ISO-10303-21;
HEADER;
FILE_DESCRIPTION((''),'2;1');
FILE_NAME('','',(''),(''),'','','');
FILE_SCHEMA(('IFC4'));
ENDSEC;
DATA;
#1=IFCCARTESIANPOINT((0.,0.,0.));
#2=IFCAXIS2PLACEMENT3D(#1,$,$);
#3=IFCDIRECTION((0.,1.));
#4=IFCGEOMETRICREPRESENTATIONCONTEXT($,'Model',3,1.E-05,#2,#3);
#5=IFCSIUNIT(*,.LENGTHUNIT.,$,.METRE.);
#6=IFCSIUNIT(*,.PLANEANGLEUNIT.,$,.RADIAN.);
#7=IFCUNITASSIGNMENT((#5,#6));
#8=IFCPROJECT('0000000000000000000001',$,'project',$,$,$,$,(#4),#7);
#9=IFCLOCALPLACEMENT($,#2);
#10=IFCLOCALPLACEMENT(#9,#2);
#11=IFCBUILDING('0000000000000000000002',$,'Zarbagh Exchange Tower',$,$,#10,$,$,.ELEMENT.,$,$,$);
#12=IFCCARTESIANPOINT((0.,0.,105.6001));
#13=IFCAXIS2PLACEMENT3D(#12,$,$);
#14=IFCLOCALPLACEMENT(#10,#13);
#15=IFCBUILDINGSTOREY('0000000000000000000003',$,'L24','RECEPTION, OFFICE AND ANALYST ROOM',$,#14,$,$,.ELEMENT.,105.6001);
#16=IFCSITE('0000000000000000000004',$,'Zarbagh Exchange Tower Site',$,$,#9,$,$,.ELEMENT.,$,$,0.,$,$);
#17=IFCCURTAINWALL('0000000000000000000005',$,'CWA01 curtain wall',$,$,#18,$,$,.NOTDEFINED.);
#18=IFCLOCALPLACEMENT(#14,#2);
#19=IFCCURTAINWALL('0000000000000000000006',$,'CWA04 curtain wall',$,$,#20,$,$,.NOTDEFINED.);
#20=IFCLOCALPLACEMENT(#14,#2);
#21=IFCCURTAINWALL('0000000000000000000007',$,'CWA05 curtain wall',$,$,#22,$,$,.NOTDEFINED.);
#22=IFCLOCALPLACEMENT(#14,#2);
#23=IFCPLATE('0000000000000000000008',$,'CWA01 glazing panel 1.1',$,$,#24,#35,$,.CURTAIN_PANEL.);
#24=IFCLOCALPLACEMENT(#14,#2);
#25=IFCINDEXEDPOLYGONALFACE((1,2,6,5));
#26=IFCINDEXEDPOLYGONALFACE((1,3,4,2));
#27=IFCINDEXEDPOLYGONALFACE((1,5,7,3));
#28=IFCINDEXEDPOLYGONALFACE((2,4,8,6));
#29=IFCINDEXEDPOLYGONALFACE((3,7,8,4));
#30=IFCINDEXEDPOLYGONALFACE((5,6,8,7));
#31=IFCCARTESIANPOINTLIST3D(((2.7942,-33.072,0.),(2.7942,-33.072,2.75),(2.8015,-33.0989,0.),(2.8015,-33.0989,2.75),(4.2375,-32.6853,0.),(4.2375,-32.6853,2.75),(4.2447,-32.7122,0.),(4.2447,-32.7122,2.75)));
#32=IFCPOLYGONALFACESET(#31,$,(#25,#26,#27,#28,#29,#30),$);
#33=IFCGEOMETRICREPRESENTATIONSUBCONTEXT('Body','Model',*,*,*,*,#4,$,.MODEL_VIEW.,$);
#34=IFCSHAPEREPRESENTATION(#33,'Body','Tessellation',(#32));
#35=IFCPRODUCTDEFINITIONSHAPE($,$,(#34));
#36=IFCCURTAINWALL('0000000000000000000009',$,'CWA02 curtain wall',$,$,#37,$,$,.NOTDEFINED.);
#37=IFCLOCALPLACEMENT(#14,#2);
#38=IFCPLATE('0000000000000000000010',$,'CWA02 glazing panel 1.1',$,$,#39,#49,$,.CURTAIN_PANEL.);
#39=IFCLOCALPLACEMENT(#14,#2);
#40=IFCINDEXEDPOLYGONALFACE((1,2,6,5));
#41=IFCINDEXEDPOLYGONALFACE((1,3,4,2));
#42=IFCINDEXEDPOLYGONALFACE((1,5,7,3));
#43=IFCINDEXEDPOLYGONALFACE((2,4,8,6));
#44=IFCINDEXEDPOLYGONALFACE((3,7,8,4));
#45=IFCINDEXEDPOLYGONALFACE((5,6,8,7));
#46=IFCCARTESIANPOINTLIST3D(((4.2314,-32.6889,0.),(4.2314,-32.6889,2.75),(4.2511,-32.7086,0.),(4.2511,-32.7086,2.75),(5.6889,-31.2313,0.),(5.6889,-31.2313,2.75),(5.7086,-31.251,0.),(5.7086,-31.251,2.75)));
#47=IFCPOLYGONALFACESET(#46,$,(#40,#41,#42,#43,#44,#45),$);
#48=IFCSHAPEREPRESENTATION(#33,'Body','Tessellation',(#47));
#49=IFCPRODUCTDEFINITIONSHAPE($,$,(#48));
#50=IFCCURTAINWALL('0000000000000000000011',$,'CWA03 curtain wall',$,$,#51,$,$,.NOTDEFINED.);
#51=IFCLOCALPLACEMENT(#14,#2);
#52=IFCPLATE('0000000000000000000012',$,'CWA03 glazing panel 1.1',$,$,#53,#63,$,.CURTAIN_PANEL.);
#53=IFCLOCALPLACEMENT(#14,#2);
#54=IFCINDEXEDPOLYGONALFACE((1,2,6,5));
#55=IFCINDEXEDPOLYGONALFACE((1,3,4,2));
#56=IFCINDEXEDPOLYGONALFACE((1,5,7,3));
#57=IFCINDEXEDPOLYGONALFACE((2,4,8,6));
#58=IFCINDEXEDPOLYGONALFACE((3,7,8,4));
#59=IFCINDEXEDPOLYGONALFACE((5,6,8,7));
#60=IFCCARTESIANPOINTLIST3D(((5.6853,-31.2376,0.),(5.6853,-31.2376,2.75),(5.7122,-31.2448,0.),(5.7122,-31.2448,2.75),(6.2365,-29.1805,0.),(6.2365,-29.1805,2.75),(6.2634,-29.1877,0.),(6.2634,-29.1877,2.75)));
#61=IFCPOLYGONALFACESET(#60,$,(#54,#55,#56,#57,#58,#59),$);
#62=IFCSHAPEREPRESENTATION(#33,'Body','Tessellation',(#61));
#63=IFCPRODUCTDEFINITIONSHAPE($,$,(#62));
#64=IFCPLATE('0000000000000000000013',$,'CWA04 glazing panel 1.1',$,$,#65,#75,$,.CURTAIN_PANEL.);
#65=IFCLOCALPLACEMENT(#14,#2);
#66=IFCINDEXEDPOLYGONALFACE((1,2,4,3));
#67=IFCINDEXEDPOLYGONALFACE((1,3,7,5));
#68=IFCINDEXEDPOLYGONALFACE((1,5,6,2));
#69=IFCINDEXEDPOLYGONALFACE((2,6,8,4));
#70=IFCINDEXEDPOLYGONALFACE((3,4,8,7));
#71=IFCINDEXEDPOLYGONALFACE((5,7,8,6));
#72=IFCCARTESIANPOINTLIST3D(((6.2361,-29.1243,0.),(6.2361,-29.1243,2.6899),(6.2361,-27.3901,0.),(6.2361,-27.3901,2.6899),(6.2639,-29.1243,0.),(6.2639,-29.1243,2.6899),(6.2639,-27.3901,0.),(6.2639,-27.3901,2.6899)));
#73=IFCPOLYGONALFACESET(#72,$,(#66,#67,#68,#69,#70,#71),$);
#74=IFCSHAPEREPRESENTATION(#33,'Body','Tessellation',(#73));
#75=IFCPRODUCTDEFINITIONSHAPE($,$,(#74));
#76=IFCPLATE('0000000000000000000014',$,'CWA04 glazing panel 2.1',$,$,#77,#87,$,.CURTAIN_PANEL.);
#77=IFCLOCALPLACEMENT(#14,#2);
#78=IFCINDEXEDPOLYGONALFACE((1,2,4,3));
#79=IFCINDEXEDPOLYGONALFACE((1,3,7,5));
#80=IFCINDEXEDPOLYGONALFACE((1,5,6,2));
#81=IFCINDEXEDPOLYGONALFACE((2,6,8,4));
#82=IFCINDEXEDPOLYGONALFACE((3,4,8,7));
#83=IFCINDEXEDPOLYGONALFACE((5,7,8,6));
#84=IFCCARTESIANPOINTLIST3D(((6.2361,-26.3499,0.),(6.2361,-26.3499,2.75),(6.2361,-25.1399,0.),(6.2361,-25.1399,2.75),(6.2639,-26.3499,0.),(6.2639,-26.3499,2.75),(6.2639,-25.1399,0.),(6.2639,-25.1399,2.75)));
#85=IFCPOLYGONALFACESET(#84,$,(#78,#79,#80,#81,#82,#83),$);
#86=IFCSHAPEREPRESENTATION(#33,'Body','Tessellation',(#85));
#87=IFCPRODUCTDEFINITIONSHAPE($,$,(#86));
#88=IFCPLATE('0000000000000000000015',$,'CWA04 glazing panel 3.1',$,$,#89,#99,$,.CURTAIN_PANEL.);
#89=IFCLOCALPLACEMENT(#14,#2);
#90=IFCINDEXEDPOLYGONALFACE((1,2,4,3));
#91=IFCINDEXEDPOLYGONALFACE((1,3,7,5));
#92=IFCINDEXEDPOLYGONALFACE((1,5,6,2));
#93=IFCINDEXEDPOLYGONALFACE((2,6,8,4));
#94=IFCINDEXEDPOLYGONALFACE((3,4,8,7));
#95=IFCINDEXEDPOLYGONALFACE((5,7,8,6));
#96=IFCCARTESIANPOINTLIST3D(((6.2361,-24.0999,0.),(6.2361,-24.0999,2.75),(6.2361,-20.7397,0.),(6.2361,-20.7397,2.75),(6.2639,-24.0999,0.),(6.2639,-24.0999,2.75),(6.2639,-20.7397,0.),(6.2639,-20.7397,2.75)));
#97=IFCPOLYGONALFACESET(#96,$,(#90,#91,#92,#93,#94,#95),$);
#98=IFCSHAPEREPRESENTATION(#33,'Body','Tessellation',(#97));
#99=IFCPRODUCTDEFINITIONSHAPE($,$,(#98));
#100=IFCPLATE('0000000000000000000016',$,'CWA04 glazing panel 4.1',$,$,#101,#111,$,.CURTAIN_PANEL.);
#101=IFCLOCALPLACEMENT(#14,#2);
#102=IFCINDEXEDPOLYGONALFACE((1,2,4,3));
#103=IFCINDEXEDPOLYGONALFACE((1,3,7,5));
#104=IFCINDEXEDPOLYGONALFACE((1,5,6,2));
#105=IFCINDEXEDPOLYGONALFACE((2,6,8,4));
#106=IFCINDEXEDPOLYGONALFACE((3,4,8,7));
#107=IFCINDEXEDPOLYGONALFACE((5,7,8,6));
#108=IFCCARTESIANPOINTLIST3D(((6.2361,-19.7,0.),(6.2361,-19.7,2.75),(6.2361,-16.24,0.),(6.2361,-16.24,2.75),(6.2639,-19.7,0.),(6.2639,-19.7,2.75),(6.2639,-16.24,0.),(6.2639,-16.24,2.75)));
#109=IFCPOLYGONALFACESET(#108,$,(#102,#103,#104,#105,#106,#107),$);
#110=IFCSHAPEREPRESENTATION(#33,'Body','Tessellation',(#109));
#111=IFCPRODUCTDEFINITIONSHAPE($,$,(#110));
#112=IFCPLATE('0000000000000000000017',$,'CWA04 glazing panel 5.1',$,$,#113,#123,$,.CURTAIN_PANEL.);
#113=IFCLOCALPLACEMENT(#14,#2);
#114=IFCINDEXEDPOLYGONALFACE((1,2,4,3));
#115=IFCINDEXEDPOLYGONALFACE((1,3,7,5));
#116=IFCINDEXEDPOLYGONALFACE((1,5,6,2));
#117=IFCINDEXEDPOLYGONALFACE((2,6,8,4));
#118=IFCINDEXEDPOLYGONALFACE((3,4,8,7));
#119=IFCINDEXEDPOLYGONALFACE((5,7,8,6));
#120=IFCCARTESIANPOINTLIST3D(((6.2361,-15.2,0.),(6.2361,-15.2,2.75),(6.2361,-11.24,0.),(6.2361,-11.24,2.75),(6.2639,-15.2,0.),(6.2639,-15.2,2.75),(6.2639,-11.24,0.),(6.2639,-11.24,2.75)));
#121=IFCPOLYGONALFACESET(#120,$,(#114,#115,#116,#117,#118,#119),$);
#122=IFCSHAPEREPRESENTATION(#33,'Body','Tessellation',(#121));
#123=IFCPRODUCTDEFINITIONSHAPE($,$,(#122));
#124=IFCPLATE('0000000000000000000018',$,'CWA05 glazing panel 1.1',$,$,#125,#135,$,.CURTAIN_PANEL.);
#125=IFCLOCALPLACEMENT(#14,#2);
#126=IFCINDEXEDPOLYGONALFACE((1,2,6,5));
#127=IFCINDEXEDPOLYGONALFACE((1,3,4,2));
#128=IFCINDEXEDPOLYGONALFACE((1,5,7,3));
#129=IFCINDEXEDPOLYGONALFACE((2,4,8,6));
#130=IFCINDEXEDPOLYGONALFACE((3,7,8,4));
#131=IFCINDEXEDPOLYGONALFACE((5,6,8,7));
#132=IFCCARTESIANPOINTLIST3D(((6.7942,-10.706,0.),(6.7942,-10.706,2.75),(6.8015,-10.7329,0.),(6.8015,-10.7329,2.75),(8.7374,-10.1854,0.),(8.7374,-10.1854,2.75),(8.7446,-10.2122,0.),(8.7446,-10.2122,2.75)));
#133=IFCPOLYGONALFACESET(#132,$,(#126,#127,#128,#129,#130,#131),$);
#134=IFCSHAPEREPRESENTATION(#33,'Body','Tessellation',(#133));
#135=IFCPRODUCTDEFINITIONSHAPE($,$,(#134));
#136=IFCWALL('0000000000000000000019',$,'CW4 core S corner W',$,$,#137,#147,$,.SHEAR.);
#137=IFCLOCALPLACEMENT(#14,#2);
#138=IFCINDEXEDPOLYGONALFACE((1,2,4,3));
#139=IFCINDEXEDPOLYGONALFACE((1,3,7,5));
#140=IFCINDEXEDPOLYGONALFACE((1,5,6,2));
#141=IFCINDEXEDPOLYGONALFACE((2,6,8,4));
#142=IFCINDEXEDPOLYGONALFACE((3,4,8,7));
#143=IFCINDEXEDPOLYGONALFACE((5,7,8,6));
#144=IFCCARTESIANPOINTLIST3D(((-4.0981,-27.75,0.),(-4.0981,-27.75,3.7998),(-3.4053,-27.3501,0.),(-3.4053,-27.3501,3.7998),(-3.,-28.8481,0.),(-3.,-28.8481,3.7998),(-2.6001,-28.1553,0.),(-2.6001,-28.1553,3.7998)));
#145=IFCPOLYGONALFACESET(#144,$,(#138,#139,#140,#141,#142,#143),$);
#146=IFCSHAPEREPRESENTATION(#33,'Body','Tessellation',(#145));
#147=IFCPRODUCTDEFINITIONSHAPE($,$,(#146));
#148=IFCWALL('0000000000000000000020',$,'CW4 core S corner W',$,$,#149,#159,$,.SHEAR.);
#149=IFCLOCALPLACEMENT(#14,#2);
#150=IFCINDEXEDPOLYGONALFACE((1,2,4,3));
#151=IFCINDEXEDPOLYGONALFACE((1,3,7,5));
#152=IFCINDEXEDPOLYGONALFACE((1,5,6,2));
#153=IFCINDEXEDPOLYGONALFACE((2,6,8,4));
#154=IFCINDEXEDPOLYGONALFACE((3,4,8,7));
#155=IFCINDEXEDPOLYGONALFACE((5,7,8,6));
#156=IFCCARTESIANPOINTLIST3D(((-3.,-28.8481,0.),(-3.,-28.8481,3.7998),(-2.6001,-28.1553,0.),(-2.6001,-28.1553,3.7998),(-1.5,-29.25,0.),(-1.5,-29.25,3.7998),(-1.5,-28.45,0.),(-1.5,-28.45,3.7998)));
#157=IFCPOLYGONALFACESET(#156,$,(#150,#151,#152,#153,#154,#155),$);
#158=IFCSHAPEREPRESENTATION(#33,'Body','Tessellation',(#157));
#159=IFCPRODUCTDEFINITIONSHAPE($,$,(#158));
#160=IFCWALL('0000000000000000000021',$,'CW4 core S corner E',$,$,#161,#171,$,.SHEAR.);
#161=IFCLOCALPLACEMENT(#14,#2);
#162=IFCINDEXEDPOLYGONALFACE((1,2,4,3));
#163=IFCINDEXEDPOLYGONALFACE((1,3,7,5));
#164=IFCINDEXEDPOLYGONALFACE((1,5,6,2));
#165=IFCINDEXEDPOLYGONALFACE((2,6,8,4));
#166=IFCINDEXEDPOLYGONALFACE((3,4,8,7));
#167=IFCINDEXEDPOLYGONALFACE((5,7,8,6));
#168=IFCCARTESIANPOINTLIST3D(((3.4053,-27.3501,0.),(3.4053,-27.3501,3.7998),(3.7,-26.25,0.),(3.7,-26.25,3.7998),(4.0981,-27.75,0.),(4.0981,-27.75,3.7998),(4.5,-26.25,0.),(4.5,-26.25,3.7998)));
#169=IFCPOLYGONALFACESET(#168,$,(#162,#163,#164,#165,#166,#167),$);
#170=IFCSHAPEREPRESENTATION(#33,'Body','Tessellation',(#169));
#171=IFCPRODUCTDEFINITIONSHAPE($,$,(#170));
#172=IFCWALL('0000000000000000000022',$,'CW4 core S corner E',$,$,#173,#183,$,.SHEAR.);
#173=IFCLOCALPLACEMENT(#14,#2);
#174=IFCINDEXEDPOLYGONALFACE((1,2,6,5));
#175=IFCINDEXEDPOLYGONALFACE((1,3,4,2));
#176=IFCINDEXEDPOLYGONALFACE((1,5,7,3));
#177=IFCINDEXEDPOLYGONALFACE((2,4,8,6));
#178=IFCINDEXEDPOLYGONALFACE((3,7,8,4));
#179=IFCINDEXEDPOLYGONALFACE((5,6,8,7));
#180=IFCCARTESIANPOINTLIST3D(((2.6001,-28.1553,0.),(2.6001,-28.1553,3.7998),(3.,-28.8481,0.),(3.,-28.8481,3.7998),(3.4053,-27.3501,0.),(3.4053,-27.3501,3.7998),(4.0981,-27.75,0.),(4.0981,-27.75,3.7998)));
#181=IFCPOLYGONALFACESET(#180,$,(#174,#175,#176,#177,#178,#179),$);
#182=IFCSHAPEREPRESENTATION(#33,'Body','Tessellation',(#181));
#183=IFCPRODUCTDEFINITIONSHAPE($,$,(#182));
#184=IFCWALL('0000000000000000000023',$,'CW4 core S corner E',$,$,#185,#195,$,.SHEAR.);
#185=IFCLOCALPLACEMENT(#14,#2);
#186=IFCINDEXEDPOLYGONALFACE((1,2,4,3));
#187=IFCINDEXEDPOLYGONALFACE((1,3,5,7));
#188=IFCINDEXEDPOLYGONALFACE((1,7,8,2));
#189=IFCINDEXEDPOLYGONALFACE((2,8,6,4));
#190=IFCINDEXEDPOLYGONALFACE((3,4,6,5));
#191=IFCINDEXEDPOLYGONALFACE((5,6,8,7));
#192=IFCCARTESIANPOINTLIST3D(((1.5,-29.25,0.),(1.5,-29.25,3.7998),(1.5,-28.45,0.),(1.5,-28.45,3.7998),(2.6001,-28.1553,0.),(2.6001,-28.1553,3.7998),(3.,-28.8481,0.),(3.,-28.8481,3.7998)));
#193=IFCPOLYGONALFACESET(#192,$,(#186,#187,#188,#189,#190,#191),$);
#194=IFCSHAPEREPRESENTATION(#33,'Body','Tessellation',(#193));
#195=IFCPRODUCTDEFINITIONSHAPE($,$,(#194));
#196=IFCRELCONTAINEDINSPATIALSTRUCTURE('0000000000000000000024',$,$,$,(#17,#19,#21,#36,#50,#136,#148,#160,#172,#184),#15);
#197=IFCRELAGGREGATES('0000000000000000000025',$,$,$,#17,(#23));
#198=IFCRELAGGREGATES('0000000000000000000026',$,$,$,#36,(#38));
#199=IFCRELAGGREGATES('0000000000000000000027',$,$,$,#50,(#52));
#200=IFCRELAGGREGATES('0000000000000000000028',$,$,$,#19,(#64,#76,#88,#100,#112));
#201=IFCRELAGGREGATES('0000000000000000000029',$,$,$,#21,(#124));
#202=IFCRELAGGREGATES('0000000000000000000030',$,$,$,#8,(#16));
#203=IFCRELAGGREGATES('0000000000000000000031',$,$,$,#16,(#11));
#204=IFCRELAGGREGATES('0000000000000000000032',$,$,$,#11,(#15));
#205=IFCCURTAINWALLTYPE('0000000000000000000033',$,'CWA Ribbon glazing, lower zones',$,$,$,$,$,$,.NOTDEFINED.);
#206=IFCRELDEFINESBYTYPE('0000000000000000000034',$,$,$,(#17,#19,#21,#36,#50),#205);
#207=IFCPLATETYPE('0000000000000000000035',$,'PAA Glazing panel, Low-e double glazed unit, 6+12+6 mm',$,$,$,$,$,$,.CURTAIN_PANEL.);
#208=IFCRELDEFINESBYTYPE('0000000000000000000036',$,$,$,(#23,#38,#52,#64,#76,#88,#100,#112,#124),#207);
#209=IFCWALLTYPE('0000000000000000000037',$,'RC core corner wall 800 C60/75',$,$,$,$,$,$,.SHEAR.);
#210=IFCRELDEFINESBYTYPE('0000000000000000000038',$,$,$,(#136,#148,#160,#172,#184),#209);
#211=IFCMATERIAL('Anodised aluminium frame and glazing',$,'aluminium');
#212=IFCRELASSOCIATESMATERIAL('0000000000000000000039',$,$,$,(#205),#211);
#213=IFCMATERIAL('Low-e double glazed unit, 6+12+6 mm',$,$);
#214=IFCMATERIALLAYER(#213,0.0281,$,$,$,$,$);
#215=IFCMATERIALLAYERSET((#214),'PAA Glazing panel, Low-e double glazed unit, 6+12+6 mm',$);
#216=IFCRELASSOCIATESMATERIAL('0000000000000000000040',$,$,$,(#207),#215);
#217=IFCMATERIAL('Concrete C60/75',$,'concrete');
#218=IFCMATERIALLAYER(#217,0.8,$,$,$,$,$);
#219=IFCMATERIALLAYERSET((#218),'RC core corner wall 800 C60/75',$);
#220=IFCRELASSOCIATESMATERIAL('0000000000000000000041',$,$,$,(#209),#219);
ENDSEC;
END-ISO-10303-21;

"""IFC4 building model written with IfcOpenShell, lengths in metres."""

from ifc_helpers import new_model, si_unit, direction, frame, origin, place, context, subcontext, project, spatial, polyline, outline, extrude, source, transform, mapped, material, layer, layer_set, type_object, element, aggregate, save


model = new_model("IFC4")

# Units and contexts
model_context = context("Model", 3, precision=1e-05, world=origin(), true_north=direction((0.0, 1.0)))
body_context = subcontext(model_context, "Body", "Model", "MODEL_VIEW")
ifc_project = project(units=[si_unit("LENGTHUNIT", "METRE"), si_unit("PLANEANGLEUNIT", "RADIAN")], contexts=[model_context])

# Site, building, storey
site_placement = place(None, origin())
site = spatial("IfcSite", under=ifc_project, at=site_placement, Name="Zarbagh Exchange Tower Site", CompositionType="ELEMENT", RefElevation=0.0)
building_placement = place(site_placement, origin())
building = spatial("IfcBuilding", under=site, at=building_placement, Name="Zarbagh Exchange Tower", CompositionType="ELEMENT")
storey_placement = place(building_placement, frame((0.0, 0.0, 105.6001)))
storey = spatial("IfcBuildingStorey", under=building, at=storey_placement, Name="L24", Description="RECEPTION, OFFICE AND ANALYST ROOM", CompositionType="ELEMENT", Elevation=105.6001)

# Curtain wall
ifc_material_1 = material(Name="Anodised aluminium frame and glazing", Category="aluminium")
curtain_wall_type = type_object("IfcCurtainWallType", Name="CWA Ribbon glazing, lower zones", PredefinedType="NOTDEFINED", material=ifc_material_1)
curtain_wall_1_placement = place(storey_placement, origin())
curtain_wall_1 = element("IfcCurtainWall", 1, at=curtain_wall_1_placement, inside=storey, type_object=curtain_wall_type, Name="CWA01 curtain wall", PredefinedType="NOTDEFINED")
placement = place(storey_placement, origin())

# Curtain wall
curtain_wall_2_placement = place(storey_placement, origin())
curtain_wall_2 = element("IfcCurtainWall", 2, at=curtain_wall_2_placement, inside=storey, type_object=curtain_wall_type, Name="CWA04 curtain wall", PredefinedType="NOTDEFINED")

# Curtain wall
curtain_wall_3_placement = place(storey_placement, origin())
curtain_wall_3 = element("IfcCurtainWall", 3, at=curtain_wall_3_placement, inside=storey, type_object=curtain_wall_type, Name="CWA05 curtain wall", PredefinedType="NOTDEFINED")

# Plate
ifc_material_2 = material(Name="Low-e double glazed unit, 6+12+6 mm")
ifc_layer_1 = layer(ifc_material_2, 0.0281)
ifc_layer_set_1 = layer_set([ifc_layer_1], Name="PAA Glazing panel, Low-e double glazed unit, 6+12+6 mm")
plate_type = type_object("IfcPlateType", Name="PAA Glazing panel, Low-e double glazed unit, 6+12+6 mm", PredefinedType="CURTAIN_PANEL", material=ifc_layer_set_1)
shared_shape_1 = source(origin(), body_context, "Body", "SweptSolid", [
    extrude(outline(polyline([(0.0, -0.0139), (1.4941, -0.0139), (1.4941, 0.0139), (0.0, 0.0139), (0.0, -0.0139)])), origin(), (0.0, 0.0, 1.0), 2.75),
])
plate_1 = element("IfcPlate", 4, at=placement, type_object=plate_type, Name="CWA01 glazing panel 1.1", PredefinedType="CURTAIN_PANEL", context=body_context, shape_type="MappedRepresentation", body=[
    mapped(shared_shape_1, transform((2.7979, -33.0854, 0.0), x_axis=(0.965924, 0.258825, 0.0), y_axis=(-0.258825, 0.965924, 0.0), z_axis=(0.0, 0.0, 1.0))),
])
aggregate(curtain_wall_1, [plate_1])

# Curtain walls, plates
curtain_wall_4_placement = place(storey_placement, origin())
curtain_wall_4 = element("IfcCurtainWall", 5, at=curtain_wall_4_placement, inside=storey, type_object=curtain_wall_type, Name="CWA02 curtain wall", PredefinedType="NOTDEFINED")
shared_shape_2 = source(origin(), body_context, "Body", "SweptSolid", [
    extrude(outline(polyline([(0.0, -0.0139), (2.0613, -0.0139), (2.0613, 0.0139), (0.0, 0.0139), (0.0, -0.0139)])), origin(), (0.0, 0.0, 1.0), 2.75),
])
plate_2 = element("IfcPlate", 6, at=placement, type_object=plate_type, Name="CWA02 glazing panel 1.1", PredefinedType="CURTAIN_PANEL", context=body_context, shape_type="MappedRepresentation", body=[
    mapped(shared_shape_2, transform((4.2412, -32.6987, 0.0), x_axis=(0.707107, 0.707107, 0.0), y_axis=(-0.707107, 0.707107, 0.0), z_axis=(0.0, 0.0, 1.0))),
])
aggregate(curtain_wall_4, [plate_2])
curtain_wall_5_placement = place(storey_placement, origin())
curtain_wall_5 = element("IfcCurtainWall", 7, at=curtain_wall_5_placement, inside=storey, type_object=curtain_wall_type, Name="CWA03 curtain wall", PredefinedType="NOTDEFINED")
shared_shape_3 = source(origin(), body_context, "Body", "SweptSolid", [
    extrude(outline(polyline([(0.0, -0.0139), (2.1296, -0.0139), (2.1296, 0.0139), (0.0, 0.0139), (0.0, -0.0139)])), origin(), (0.0, 0.0, 1.0), 2.75),
])
plate_3 = element("IfcPlate", 8, at=placement, type_object=plate_type, Name="CWA03 glazing panel 1.1", PredefinedType="CURTAIN_PANEL", context=body_context, shape_type="MappedRepresentation", body=[
    mapped(shared_shape_3, transform((5.6987, -31.2412, 0.0), x_axis=(0.258825, 0.965924, 0.0), y_axis=(-0.965924, 0.258825, 0.0), z_axis=(0.0, 0.0, 1.0))),
])
aggregate(curtain_wall_5, [plate_3])

# Plates
shared_shape_4 = source(origin(), body_context, "Body", "SweptSolid", [
    extrude(outline(polyline([(0.0, -0.0139), (1.7341, -0.0139), (1.7341, 0.0139), (0.0, 0.0139), (0.0, -0.0139)])), origin(), (0.0, 0.0, 1.0), 2.6899),
])
plate_4 = element("IfcPlate", 9, at=placement, type_object=plate_type, Name="CWA04 glazing panel 1.1", PredefinedType="CURTAIN_PANEL", context=body_context, shape_type="MappedRepresentation", body=[
    mapped(shared_shape_4, transform((6.25, -29.1243, 0.0), x_axis=(0.0, 1.0, 0.0), y_axis=(-1.0, 0.0, 0.0), z_axis=(0.0, 0.0, 1.0))),
])
shared_shape_5 = source(origin(), body_context, "Body", "SweptSolid", [
    extrude(outline(polyline([(0.0, -0.0139), (1.21, -0.0139), (1.21, 0.0139), (0.0, 0.0139), (0.0, -0.0139)])), origin(), (0.0, 0.0, 1.0), 2.75),
])
plate_5 = element("IfcPlate", 10, at=placement, type_object=plate_type, Name="CWA04 glazing panel 2.1", PredefinedType="CURTAIN_PANEL", context=body_context, shape_type="MappedRepresentation", body=[
    mapped(shared_shape_5, transform((6.25, -26.3499, 0.0), x_axis=(0.0, 1.0, 0.0), y_axis=(-1.0, 0.0, 0.0), z_axis=(0.0, 0.0, 1.0))),
])
shared_shape_6 = source(origin(), body_context, "Body", "SweptSolid", [
    extrude(outline(polyline([(0.0, -0.0139), (3.3601, -0.0139), (3.3601, 0.0139), (0.0, 0.0139), (0.0, -0.0139)])), origin(), (0.0, 0.0, 1.0), 2.75),
])
plate_6 = element("IfcPlate", 11, at=placement, type_object=plate_type, Name="CWA04 glazing panel 3.1", PredefinedType="CURTAIN_PANEL", context=body_context, shape_type="MappedRepresentation", body=[
    mapped(shared_shape_6, transform((6.25, -24.0999, 0.0), x_axis=(0.0, 1.0, 0.0), y_axis=(-1.0, 0.0, 0.0), z_axis=(0.0, 0.0, 1.0))),
])
shared_shape_7 = source(origin(), body_context, "Body", "SweptSolid", [
    extrude(outline(polyline([(0.0, -0.0139), (3.46, -0.0139), (3.46, 0.0139), (0.0, 0.0139), (0.0, -0.0139)])), origin(), (0.0, 0.0, 1.0), 2.75),
])
plate_7 = element("IfcPlate", 12, at=placement, type_object=plate_type, Name="CWA04 glazing panel 4.1", PredefinedType="CURTAIN_PANEL", context=body_context, shape_type="MappedRepresentation", body=[
    mapped(shared_shape_7, transform((6.25, -19.7, 0.0), x_axis=(0.0, 1.0, 0.0), y_axis=(-1.0, 0.0, 0.0), z_axis=(0.0, 0.0, 1.0))),
])
shared_shape_8 = source(origin(), body_context, "Body", "SweptSolid", [
    extrude(outline(polyline([(0.0, -0.0139), (3.96, -0.0139), (3.96, 0.0139), (0.0, 0.0139), (0.0, -0.0139)])), origin(), (0.0, 0.0, 1.0), 2.75),
])
plate_8 = element("IfcPlate", 13, at=placement, type_object=plate_type, Name="CWA04 glazing panel 5.1", PredefinedType="CURTAIN_PANEL", context=body_context, shape_type="MappedRepresentation", body=[
    mapped(shared_shape_8, transform((6.25, -15.2, 0.0), x_axis=(0.0, 1.0, 0.0), y_axis=(-1.0, 0.0, 0.0), z_axis=(0.0, 0.0, 1.0))),
])
aggregate(curtain_wall_2, [plate_4, plate_5, plate_6, plate_7, plate_8])
shared_shape_9 = source(origin(), body_context, "Body", "SweptSolid", [
    extrude(outline(polyline([(0.0, -0.0139), (2.0117, -0.0139), (2.0117, 0.0139), (0.0, 0.0139), (0.0, -0.0139)])), origin(), (0.0, 0.0, 1.0), 2.75),
])
plate_9 = element("IfcPlate", 14, at=placement, type_object=plate_type, Name="CWA05 glazing panel 1.1", PredefinedType="CURTAIN_PANEL", context=body_context, shape_type="MappedRepresentation", body=[
    mapped(shared_shape_9, transform((6.7979, -10.7195, 0.0), x_axis=(0.965924, 0.258825, 0.0), y_axis=(-0.258825, 0.965924, 0.0), z_axis=(0.0, 0.0, 1.0))),
])
aggregate(curtain_wall_3, [plate_9])

# Walls
ifc_material_3 = material(Name="Concrete C60/75", Category="concrete")
ifc_layer_2 = layer(ifc_material_3, 0.8)
ifc_layer_set_2 = layer_set([ifc_layer_2], Name="RC core corner wall 800 C60/75")
wall_type = type_object("IfcWallType", Name="RC core corner wall 800 C60/75", PredefinedType="SHEAR", material=ifc_layer_set_2)
wall_1_placement = place(storey_placement, origin())
element("IfcWall", 15, at=wall_1_placement, inside=storey, type_object=wall_type, Name="CW4 core S corner W", PredefinedType="SHEAR", context=body_context, shape_type="SweptSolid", body=[
    extrude(outline(polyline([(-4.0981, -27.75), (-3.0, -28.8481), (-2.6001, -28.1553), (-3.4053, -27.3501), (-4.0981, -27.75)])), origin(), (0.0, 0.0, 1.0), 3.7998),
])
wall_2_placement = place(storey_placement, origin())
element("IfcWall", 16, at=wall_2_placement, inside=storey, type_object=wall_type, Name="CW4 core S corner W", PredefinedType="SHEAR", context=body_context, shape_type="SweptSolid", body=[
    extrude(outline(polyline([(-3.0, -28.8481), (-1.5, -29.25), (-1.5, -28.45), (-2.6001, -28.1553), (-3.0, -28.8481)])), origin(), (0.0, 0.0, 1.0), 3.7998),
])
wall_3_placement = place(storey_placement, origin())
element("IfcWall", 17, at=wall_3_placement, inside=storey, type_object=wall_type, Name="CW4 core S corner E", PredefinedType="SHEAR", context=body_context, shape_type="SweptSolid", body=[
    extrude(outline(polyline([(4.5, -26.25), (4.0981, -27.75), (3.4053, -27.3501), (3.7, -26.25), (4.5, -26.25)])), origin(), (0.0, 0.0, 1.0), 3.7998),
])
wall_4_placement = place(storey_placement, origin())
element("IfcWall", 18, at=wall_4_placement, inside=storey, type_object=wall_type, Name="CW4 core S corner E", PredefinedType="SHEAR", context=body_context, shape_type="SweptSolid", body=[
    extrude(outline(polyline([(4.0981, -27.75), (3.0, -28.8481), (2.6001, -28.1553), (3.4053, -27.3501), (4.0981, -27.75)])), origin(), (0.0, 0.0, 1.0), 3.7998),
])
wall_5_placement = place(storey_placement, origin())
element("IfcWall", 19, at=wall_5_placement, inside=storey, type_object=wall_type, Name="CW4 core S corner E", PredefinedType="SHEAR", context=body_context, shape_type="SweptSolid", body=[
    extrude(outline(polyline([(3.0, -28.8481), (1.5, -29.25), (1.5, -28.45), (2.6001, -28.1553), (3.0, -28.8481)])), origin(), (0.0, 0.0, 1.0), 3.7998),
])

save(model, "model.ifc")
